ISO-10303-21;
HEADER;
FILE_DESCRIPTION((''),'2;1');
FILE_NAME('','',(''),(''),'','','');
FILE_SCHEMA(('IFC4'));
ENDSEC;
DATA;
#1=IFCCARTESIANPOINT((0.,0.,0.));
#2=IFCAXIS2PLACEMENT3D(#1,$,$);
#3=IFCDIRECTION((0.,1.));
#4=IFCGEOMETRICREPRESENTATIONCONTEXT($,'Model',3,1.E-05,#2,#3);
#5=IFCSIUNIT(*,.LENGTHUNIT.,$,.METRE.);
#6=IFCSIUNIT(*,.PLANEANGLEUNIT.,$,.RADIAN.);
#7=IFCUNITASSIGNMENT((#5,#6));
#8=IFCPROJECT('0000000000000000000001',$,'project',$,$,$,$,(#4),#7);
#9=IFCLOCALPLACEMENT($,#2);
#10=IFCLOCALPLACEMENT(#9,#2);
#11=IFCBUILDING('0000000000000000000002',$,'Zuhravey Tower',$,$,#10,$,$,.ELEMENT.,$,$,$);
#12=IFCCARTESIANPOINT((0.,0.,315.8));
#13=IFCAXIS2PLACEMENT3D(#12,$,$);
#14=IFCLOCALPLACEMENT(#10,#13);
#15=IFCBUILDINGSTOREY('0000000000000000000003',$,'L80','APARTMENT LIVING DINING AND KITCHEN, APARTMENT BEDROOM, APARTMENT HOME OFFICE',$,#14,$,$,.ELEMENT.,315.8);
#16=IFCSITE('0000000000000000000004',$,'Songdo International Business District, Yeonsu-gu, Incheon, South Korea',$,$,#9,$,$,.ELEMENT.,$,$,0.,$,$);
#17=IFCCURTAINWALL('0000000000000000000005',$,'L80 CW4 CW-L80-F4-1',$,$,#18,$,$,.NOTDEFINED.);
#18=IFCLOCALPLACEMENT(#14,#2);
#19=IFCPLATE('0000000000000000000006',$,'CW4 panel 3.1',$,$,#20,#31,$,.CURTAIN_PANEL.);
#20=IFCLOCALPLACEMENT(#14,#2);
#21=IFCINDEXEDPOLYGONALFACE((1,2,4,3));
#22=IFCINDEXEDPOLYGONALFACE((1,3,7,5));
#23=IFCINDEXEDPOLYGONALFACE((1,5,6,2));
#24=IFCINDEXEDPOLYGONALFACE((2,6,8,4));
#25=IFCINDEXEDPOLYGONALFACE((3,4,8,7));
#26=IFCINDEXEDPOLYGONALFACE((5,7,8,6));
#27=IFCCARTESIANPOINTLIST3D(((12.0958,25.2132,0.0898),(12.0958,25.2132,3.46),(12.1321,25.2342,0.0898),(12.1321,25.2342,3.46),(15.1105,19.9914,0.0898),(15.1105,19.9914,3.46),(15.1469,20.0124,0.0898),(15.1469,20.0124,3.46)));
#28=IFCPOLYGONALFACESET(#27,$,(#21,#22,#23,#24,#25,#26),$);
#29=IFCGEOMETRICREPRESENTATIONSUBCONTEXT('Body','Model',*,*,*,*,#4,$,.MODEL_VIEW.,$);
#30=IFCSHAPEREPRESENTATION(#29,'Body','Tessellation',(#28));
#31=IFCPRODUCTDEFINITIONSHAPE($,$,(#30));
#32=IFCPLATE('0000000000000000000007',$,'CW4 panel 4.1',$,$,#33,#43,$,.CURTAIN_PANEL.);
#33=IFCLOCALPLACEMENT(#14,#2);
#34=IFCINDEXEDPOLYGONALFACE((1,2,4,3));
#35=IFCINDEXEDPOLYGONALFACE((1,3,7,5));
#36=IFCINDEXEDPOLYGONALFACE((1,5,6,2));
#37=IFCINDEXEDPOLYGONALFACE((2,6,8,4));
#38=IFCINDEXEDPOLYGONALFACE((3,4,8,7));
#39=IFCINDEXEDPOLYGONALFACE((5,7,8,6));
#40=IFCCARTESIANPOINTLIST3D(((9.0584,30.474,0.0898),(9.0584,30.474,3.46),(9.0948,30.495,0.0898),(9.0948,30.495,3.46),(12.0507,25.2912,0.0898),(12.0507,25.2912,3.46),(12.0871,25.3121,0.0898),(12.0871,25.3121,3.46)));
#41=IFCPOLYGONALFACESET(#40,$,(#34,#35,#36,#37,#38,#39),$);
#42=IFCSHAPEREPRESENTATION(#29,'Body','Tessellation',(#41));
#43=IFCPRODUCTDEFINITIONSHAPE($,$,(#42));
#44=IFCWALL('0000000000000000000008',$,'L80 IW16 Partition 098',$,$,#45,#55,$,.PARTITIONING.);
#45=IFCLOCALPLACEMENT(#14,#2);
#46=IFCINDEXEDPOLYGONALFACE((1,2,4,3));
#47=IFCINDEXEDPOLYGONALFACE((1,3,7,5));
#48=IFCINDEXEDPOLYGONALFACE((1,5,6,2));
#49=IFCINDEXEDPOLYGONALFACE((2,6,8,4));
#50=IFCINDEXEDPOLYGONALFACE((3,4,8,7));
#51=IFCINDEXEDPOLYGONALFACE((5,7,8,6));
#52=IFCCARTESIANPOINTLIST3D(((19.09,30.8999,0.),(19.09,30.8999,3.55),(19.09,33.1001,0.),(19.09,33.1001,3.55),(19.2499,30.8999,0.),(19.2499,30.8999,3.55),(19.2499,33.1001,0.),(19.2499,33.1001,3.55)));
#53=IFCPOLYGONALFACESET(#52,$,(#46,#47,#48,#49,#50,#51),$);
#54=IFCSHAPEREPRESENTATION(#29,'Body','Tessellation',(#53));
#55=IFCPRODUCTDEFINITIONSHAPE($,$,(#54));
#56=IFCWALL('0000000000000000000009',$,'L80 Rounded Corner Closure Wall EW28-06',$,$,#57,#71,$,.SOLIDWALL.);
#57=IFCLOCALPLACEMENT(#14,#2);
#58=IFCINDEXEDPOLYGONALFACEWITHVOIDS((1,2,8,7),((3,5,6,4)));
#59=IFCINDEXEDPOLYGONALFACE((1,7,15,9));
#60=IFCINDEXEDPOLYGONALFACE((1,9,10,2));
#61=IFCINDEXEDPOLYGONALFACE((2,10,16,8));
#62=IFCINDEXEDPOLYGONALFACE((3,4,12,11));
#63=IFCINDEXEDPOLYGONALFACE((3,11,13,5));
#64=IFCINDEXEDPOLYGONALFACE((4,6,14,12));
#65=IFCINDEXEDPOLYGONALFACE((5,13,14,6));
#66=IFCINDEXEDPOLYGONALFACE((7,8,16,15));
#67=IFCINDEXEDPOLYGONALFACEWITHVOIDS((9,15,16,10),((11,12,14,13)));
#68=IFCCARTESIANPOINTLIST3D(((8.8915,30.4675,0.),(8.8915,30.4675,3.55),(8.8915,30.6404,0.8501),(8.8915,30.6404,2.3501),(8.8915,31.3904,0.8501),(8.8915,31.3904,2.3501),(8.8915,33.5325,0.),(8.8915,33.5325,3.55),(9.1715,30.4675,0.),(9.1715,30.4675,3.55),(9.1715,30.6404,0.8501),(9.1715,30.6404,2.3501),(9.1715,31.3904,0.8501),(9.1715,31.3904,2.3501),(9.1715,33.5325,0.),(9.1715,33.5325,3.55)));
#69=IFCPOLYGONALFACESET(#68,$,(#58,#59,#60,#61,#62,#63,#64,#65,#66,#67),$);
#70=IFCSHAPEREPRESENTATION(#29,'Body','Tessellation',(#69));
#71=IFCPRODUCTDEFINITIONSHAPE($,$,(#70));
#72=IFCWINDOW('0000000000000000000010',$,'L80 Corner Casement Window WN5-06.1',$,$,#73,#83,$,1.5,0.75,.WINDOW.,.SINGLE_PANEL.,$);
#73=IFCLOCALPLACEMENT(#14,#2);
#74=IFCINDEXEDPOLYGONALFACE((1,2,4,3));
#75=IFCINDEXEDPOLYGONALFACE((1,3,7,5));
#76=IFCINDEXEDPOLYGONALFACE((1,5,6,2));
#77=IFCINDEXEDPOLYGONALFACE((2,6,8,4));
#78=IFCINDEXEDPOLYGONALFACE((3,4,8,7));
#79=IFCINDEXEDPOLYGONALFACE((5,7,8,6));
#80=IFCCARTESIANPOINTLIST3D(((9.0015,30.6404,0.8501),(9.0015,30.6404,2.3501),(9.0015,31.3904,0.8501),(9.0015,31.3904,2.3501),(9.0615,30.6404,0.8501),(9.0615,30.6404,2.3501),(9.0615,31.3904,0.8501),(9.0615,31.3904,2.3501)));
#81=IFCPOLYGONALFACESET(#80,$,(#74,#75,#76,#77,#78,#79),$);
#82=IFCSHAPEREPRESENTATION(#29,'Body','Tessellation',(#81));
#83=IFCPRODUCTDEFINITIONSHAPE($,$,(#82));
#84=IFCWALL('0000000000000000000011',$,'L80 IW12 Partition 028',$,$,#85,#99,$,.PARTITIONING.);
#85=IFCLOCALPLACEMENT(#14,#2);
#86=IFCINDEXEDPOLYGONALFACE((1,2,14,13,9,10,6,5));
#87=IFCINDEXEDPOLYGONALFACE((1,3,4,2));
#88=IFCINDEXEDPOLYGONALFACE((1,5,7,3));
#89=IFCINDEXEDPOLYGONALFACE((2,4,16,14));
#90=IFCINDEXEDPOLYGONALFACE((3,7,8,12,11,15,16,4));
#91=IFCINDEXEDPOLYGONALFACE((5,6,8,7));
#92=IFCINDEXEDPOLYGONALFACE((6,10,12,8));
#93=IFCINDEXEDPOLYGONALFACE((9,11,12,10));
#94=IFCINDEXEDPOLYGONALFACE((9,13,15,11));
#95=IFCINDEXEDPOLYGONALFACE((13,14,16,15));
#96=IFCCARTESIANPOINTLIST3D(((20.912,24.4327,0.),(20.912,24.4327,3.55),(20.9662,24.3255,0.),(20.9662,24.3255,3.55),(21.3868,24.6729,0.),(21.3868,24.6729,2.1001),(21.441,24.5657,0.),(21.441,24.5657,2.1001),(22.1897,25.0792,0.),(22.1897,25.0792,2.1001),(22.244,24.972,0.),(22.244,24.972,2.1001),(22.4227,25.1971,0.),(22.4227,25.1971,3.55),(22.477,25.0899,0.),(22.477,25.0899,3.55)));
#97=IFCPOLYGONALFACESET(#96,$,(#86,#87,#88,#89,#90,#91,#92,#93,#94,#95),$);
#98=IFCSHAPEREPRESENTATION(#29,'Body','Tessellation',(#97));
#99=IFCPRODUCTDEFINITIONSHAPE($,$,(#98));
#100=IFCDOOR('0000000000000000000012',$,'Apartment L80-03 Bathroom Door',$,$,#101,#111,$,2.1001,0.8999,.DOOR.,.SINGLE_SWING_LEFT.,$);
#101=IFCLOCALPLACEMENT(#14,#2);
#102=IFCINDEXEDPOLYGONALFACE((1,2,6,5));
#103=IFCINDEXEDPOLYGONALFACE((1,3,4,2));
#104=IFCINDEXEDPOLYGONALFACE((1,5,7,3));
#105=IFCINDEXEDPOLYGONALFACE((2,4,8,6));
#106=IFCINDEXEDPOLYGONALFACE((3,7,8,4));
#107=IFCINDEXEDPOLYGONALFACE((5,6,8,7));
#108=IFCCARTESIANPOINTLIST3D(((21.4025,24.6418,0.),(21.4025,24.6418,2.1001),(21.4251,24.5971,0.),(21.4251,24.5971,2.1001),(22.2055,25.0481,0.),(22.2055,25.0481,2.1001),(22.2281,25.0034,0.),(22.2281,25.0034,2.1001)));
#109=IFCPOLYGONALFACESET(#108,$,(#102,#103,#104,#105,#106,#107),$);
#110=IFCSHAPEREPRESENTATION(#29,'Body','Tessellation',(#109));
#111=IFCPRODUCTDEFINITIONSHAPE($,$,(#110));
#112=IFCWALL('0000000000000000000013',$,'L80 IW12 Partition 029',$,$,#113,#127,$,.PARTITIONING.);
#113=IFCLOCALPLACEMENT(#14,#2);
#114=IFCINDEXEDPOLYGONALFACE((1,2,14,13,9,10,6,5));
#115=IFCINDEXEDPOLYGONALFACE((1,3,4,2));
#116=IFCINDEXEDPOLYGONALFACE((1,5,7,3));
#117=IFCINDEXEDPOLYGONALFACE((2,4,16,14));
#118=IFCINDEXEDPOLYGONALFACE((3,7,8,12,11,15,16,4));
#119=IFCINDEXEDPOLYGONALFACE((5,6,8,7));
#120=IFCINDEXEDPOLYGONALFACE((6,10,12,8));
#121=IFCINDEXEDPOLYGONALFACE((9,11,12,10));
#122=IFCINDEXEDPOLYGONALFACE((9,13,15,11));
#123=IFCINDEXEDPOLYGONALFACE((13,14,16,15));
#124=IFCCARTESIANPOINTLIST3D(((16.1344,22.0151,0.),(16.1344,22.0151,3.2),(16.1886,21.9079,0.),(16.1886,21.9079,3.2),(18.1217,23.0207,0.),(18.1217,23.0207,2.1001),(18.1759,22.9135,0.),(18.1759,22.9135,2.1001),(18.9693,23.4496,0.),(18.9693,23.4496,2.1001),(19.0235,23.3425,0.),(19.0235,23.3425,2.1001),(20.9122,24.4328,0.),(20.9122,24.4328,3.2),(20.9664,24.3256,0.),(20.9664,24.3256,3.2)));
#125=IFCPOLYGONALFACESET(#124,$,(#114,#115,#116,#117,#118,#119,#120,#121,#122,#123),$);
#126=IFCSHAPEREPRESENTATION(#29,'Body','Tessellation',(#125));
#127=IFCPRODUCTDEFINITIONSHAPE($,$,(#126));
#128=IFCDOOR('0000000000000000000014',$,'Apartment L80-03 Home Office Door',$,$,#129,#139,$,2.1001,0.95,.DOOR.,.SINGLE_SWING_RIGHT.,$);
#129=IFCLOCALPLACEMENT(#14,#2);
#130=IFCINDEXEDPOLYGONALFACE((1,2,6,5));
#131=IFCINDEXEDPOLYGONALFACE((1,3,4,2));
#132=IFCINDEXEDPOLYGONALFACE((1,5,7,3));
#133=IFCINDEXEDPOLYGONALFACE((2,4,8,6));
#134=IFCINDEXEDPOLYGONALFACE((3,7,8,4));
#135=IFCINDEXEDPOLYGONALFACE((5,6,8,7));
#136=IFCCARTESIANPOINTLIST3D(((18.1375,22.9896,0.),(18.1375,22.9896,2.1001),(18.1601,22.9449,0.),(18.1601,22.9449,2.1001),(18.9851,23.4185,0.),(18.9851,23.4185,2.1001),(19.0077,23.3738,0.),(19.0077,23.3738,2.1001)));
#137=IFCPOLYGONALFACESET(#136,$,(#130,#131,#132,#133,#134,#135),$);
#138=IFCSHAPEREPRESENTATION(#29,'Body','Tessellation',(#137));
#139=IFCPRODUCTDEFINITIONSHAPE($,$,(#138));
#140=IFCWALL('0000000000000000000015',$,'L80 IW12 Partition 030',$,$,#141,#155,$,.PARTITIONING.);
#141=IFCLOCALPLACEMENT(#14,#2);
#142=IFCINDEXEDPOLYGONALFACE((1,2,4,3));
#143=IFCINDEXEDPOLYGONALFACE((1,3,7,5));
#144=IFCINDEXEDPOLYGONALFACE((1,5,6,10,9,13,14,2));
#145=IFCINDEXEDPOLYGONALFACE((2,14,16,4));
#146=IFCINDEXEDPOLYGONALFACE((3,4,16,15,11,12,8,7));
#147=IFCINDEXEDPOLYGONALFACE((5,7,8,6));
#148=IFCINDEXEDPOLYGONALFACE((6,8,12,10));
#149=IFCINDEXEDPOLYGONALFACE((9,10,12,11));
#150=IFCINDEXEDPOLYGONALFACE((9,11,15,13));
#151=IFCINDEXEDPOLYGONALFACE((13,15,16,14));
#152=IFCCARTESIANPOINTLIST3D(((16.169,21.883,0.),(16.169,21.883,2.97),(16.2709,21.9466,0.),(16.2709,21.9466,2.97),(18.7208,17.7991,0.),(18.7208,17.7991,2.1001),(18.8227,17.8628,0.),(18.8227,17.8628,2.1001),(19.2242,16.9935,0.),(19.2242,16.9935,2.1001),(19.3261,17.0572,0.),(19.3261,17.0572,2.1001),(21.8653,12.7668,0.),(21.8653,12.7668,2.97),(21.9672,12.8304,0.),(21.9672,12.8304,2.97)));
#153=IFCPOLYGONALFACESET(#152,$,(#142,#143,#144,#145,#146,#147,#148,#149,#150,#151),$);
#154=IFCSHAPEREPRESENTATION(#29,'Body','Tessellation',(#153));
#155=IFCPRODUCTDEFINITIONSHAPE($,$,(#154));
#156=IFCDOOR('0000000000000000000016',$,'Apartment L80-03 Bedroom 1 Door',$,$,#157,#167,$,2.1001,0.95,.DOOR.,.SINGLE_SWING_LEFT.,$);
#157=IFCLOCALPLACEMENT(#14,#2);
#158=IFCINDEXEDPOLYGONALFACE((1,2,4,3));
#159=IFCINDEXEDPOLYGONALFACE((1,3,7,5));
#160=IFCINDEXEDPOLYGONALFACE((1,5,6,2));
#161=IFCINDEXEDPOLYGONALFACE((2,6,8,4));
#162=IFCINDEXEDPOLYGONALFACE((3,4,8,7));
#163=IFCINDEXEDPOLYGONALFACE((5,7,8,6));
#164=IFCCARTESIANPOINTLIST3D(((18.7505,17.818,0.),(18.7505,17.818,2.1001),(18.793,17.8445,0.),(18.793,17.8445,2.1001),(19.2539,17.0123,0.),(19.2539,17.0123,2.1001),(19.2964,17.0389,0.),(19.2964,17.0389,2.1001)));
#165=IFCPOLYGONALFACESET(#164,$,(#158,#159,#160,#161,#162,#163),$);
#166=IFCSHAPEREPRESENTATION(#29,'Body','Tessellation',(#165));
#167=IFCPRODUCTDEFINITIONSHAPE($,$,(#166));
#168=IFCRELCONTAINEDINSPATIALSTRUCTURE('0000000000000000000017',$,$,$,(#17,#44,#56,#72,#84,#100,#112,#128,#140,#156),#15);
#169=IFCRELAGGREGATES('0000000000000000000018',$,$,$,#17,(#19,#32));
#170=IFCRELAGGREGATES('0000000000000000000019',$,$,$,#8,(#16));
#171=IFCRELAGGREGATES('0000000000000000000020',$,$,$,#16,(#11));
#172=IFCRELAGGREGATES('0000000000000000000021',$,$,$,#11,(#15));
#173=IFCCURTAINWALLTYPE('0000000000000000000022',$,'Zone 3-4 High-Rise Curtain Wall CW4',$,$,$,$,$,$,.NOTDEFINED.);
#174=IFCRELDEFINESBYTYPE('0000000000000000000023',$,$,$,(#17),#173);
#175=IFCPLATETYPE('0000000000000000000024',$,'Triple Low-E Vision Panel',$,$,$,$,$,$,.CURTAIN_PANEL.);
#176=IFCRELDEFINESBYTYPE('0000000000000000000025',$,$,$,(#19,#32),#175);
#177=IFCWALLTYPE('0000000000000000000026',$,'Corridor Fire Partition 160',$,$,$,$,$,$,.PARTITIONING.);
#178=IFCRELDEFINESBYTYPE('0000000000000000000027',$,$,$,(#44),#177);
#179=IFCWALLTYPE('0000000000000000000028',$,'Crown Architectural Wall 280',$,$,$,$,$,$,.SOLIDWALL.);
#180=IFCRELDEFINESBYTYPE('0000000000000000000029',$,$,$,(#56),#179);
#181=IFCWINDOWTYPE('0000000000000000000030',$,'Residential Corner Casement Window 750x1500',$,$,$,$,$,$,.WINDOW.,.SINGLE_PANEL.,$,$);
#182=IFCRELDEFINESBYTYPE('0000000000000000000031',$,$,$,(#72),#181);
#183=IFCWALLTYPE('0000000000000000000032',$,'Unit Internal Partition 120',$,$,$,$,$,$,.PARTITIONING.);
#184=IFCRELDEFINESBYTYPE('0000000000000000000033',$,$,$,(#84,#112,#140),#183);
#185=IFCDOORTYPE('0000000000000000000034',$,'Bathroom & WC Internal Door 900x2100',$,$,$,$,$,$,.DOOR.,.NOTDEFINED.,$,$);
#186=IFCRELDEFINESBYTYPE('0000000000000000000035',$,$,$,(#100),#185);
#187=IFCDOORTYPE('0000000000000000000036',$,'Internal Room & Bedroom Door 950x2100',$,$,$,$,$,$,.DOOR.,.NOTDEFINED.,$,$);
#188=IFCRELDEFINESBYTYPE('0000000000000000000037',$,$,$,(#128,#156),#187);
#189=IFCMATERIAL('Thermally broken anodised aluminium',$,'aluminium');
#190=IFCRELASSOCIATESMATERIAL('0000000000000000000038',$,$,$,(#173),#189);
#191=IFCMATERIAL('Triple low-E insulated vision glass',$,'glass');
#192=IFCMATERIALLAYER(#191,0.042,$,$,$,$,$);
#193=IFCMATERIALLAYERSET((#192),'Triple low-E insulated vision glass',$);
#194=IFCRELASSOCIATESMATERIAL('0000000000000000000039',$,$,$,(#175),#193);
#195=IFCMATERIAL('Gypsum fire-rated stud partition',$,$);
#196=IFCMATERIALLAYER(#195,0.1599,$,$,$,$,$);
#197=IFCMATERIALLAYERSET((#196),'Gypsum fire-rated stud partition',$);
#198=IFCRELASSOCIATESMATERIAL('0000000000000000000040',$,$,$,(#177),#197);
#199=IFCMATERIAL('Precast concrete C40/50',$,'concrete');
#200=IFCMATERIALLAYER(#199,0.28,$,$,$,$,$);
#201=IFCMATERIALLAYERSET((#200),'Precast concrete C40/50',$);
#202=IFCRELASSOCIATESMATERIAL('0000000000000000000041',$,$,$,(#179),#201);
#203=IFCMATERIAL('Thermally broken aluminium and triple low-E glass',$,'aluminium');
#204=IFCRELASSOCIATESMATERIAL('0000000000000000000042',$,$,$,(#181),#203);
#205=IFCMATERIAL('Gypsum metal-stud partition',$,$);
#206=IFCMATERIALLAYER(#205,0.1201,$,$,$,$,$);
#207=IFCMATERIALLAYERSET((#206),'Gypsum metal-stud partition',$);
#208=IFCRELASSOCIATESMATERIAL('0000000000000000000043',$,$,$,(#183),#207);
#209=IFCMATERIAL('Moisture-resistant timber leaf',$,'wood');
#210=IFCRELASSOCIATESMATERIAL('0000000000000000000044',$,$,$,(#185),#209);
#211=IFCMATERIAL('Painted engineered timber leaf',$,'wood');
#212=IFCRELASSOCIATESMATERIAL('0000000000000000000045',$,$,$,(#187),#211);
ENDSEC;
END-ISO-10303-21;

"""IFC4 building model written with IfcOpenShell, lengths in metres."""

from ifc_helpers import new_model, si_unit, direction, frame, frame_2d, origin, origin_2d, place, context, subcontext, project, spatial, rectangle, extrude, material, layer, layer_set, type_object, element, fill, aggregate, save


model = new_model("IFC4")

# Units and contexts
model_context = context("Model", 3, precision=1e-05, world=origin(), true_north=direction((0.0, 1.0)))
body_context = subcontext(model_context, "Body", "Model", "MODEL_VIEW")
ifc_project = project(units=[si_unit("LENGTHUNIT", "METRE"), si_unit("PLANEANGLEUNIT", "RADIAN")], contexts=[model_context])

# Site, building, storey
site_placement = place(None, origin())
site = spatial("IfcSite", under=ifc_project, at=site_placement, Name="Songdo International Business District, Yeonsu-gu, Incheon, South Korea", CompositionType="ELEMENT", RefElevation=0.0)
building_placement = place(site_placement, origin())
building = spatial("IfcBuilding", under=site, at=building_placement, Name="Zuhravey Tower", CompositionType="ELEMENT")
storey_placement = place(building_placement, frame((0.0, 0.0, 315.8)))
storey = spatial("IfcBuildingStorey", under=building, at=storey_placement, Name="L80", Description="APARTMENT LIVING DINING AND KITCHEN, APARTMENT BEDROOM, APARTMENT HOME OFFICE", CompositionType="ELEMENT", Elevation=315.8)

# Curtain wall
ifc_material_1 = material(Name="Thermally broken anodised aluminium", Category="aluminium")
curtain_wall_type = type_object("IfcCurtainWallType", Name="Zone 3-4 High-Rise Curtain Wall CW4", PredefinedType="NOTDEFINED", material=ifc_material_1)
curtain_wall_placement = place(storey_placement, origin())
curtain_wall = element("IfcCurtainWall", 1, at=curtain_wall_placement, inside=storey, type_object=curtain_wall_type, Name="L80 CW4 CW-L80-F4-1", PredefinedType="NOTDEFINED")

# Plates
ifc_material_2 = material(Name="Triple low-E insulated vision glass", Category="glass")
ifc_layer_1 = layer(ifc_material_2, 0.042)
ifc_layer_set_1 = layer_set([ifc_layer_1], Name="Triple low-E insulated vision glass")
plate_type_1 = type_object("IfcPlateType", Name="Triple Low-E Vision Panel", PredefinedType="CURTAIN_PANEL", material=ifc_layer_set_1)
plate_1_placement = place(storey_placement, frame((13.6213, 22.6128, 0.0898), z_axis=(0.0, 0.0, 1.0), x_axis=(-0.5, 0.866026, 0.0)))
plate_1 = element("IfcPlate", 2, at=plate_1_placement, type_object=plate_type_1, Name="CW4 panel 3.1", PredefinedType="CURTAIN_PANEL", context=body_context, shape_type="SweptSolid", body=[
    extrude(rectangle(XDim=6.0295, YDim=0.042, at=origin_2d()), origin(), (0.0, 0.0, 1.0), 3.3701),
])
plate_2_placement = place(storey_placement, frame((10.5728, 27.8931, 0.0898), z_axis=(0.0, 0.0, 1.0), x_axis=(-0.5, 0.866026, 0.0)))
plate_2 = element("IfcPlate", 3, at=plate_2_placement, type_object=plate_type_1, Name="CW4 panel 4.1", PredefinedType="CURTAIN_PANEL", context=body_context, shape_type="SweptSolid", body=[
    extrude(rectangle(XDim=5.9846, YDim=0.042, at=origin_2d()), origin(), (0.0, 0.0, 1.0), 3.3701),
])
aggregate(curtain_wall, [plate_1, plate_2])

# Wall
ifc_material_3 = material(Name="Gypsum fire-rated stud partition")
ifc_layer_2 = layer(ifc_material_3, 0.1599)
ifc_layer_set_2 = layer_set([ifc_layer_2], Name="Gypsum fire-rated stud partition")
wall_type_1 = type_object("IfcWallType", Name="Corridor Fire Partition 160", PredefinedType="PARTITIONING", material=ifc_layer_set_2)
wall_1_placement = place(storey_placement, frame((19.1699, 33.1001, 0.0), z_axis=(0.0, 0.0, 1.0), x_axis=(0.0, -1.0, 0.0)))
element("IfcWall", 4, at=wall_1_placement, inside=storey, type_object=wall_type_1, Name="L80 IW16 Partition 098", PredefinedType="PARTITIONING", context=body_context, shape_type="SweptSolid", body=[
    extrude(rectangle(XDim=2.2002, YDim=0.1599, at=frame_2d((1.1001, 0.0))), origin(), (0.0, 0.0, 1.0), 3.55),
])

# Wall, opening, window
ifc_material_4 = material(Name="Precast concrete C40/50", Category="concrete")
ifc_layer_3 = layer(ifc_material_4, 0.28)
ifc_layer_set_3 = layer_set([ifc_layer_3], Name="Precast concrete C40/50")
wall_type_2 = type_object("IfcWallType", Name="Crown Architectural Wall 280", PredefinedType="SOLIDWALL", material=ifc_layer_set_3)
wall_2_placement = place(storey_placement, frame((9.0315, 30.4675, 0.0), z_axis=(0.0, 0.0, 1.0), x_axis=(0.0, 1.0, 0.0)))
wall_2 = element("IfcWall", 5, at=wall_2_placement, inside=storey, type_object=wall_type_2, Name="L80 Rounded Corner Closure Wall EW28-06", PredefinedType="SOLIDWALL", context=body_context, shape_type="SweptSolid", body=[
    extrude(rectangle(XDim=3.0649, YDim=0.28, at=frame_2d((1.5325, 0.0))), origin(), (0.0, 0.0, 1.0), 3.55),
])
opening_1_placement = place(wall_2_placement, frame((0.1729, 0.0, 0.8501)))
opening_1 = element("IfcOpeningElement", 6, at=opening_1_placement, cuts=wall_2, PredefinedType="OPENING", context=body_context, shape_type="SweptSolid", body=[
    extrude(rectangle(XDim=0.75, YDim=1.5, at=frame_2d((0.375, 0.75))), frame((0.0, 0.1521, 0.0), z_axis=(0.0, -1.0, 0.0), x_axis=(1.0, 0.0, 0.0)), (0.0, 0.0, 1.0), 0.304),
])
ifc_material_5 = material(Name="Thermally broken aluminium and triple low-E glass", Category="aluminium")
window_type = type_object("IfcWindowType", Name="Residential Corner Casement Window 750x1500", PartitioningType="SINGLE_PANEL", PredefinedType="WINDOW", material=ifc_material_5)
window_placement = place(opening_1_placement, origin())
window = element("IfcWindow", 7, at=window_placement, inside=storey, type_object=window_type, Name="L80 Corner Casement Window WN5-06.1", OverallHeight=1.5, OverallWidth=0.75, PartitioningType="SINGLE_PANEL", PredefinedType="WINDOW", context=body_context, shape_type="SweptSolid", body=[
    extrude(rectangle(XDim=0.75, YDim=1.5, at=frame_2d((0.375, 0.75))), frame((0.0, 0.03, 0.0), z_axis=(0.0, -1.0, 0.0), x_axis=(1.0, 0.0, 0.0)), (0.0, 0.0, 1.0), 0.0601),
])
fill(opening_1, window)

# Walls, openings, doors
ifc_material_6 = material(Name="Gypsum metal-stud partition")
ifc_layer_4 = layer(ifc_material_6, 0.1201)
ifc_layer_set_4 = layer_set([ifc_layer_4], Name="Gypsum metal-stud partition")
wall_type_3 = type_object("IfcWallType", Name="Unit Internal Partition 120", PredefinedType="PARTITIONING", material=ifc_layer_set_4)
wall_3_placement = place(storey_placement, frame((22.45, 25.1436, 0.0), z_axis=(0.0, 0.0, 1.0), x_axis=(-0.892283, -0.451477, 0.0)))
wall_3 = element("IfcWall", 8, at=wall_3_placement, inside=storey, type_object=wall_type_3, Name="L80 IW12 Partition 028", PredefinedType="PARTITIONING", context=body_context, shape_type="SweptSolid", body=[
    extrude(rectangle(XDim=1.6931, YDim=0.1201, at=frame_2d((0.8467, 0.0))), origin(), (0.0, 0.0, 1.0), 3.55),
])
opening_2_placement = place(wall_3_placement, frame((0.2612, 0.0, 0.0)))
opening_2 = element("IfcOpeningElement", 9, at=opening_2_placement, cuts=wall_3, PredefinedType="OPENING", context=body_context, shape_type="SweptSolid", body=[
    extrude(rectangle(XDim=0.8999, YDim=2.1001, at=frame_2d((0.45, 1.05))), frame((0.0, 0.072, 0.0), z_axis=(0.0, -1.0, 0.0), x_axis=(1.0, 0.0, 0.0)), (0.0, 0.0, 1.0), 0.144),
])
ifc_material_7 = material(Name="Moisture-resistant timber leaf", Category="wood")
door_type_1 = type_object("IfcDoorType", Name="Bathroom & WC Internal Door 900x2100", OperationType="NOTDEFINED", PredefinedType="DOOR", material=ifc_material_7)
door_1_placement = place(opening_2_placement, origin())
door_1 = element("IfcDoor", 10, at=door_1_placement, inside=storey, type_object=door_type_1, Name="Apartment L80-03 Bathroom Door", OperationType="SINGLE_SWING_LEFT", OverallHeight=2.1001, OverallWidth=0.8999, PredefinedType="DOOR", context=body_context, shape_type="SweptSolid", body=[
    extrude(rectangle(XDim=0.8999, YDim=2.1001, at=frame_2d((0.45, 1.05))), frame((0.0, 0.0249, 0.0), z_axis=(0.0, -1.0, 0.0), x_axis=(1.0, 0.0, 0.0)), (0.0, 0.0, 1.0), 0.05),
])
fill(opening_2, door_1)
wall_4_placement = place(storey_placement, frame((20.9392, 24.3792, 0.0), z_axis=(0.0, 0.0, 1.0), x_axis=(-0.892265, -0.451512, 0.0)))
wall_4 = element("IfcWall", 11, at=wall_4_placement, inside=storey, type_object=wall_type_3, Name="L80 IW12 Partition 029", PredefinedType="PARTITIONING", context=body_context, shape_type="SweptSolid", body=[
    extrude(rectangle(XDim=5.3547, YDim=0.1201, at=frame_2d((2.6772, 0.0))), origin(), (0.0, 0.0, 1.0), 3.2),
])
opening_3_placement = place(wall_4_placement, frame((2.1772, 0.0, 0.0)))
opening_3 = element("IfcOpeningElement", 12, at=opening_3_placement, cuts=wall_4, PredefinedType="OPENING", context=body_context, shape_type="SweptSolid", body=[
    extrude(rectangle(XDim=0.95, YDim=2.1001, at=frame_2d((0.4751, 1.05))), frame((0.0, 0.072, 0.0), z_axis=(0.0, -1.0, 0.0), x_axis=(1.0, 0.0, 0.0)), (0.0, 0.0, 1.0), 0.144),
])
ifc_material_8 = material(Name="Painted engineered timber leaf", Category="wood")
door_type_2 = type_object("IfcDoorType", Name="Internal Room & Bedroom Door 950x2100", OperationType="NOTDEFINED", PredefinedType="DOOR", material=ifc_material_8)
door_2_placement = place(opening_3_placement, origin())
door_2 = element("IfcDoor", 13, at=door_2_placement, inside=storey, type_object=door_type_2, Name="Apartment L80-03 Home Office Door", OperationType="SINGLE_SWING_RIGHT", OverallHeight=2.1001, OverallWidth=0.95, PredefinedType="DOOR", context=body_context, shape_type="SweptSolid", body=[
    extrude(rectangle(XDim=0.95, YDim=2.1001, at=frame_2d((0.4751, 1.05))), frame((0.0, 0.0249, 0.0), z_axis=(0.0, -1.0, 0.0), x_axis=(1.0, 0.0, 0.0)), (0.0, 0.0, 1.0), 0.05),
])
fill(opening_3, door_2)
wall_5_placement = place(storey_placement, frame((16.22, 21.9148, 0.0), z_axis=(0.0, 0.0, 1.0), x_axis=(0.529909, -0.848054, 0.0)))
wall_5 = element("IfcWall", 14, at=wall_5_placement, inside=storey, type_object=wall_type_3, Name="L80 IW12 Partition 030", PredefinedType="PARTITIONING", context=body_context, shape_type="SweptSolid", body=[
    extrude(rectangle(XDim=10.7495, YDim=0.1201, at=frame_2d((5.3748, 0.0))), origin(), (0.0, 0.0, 1.0), 2.97),
])
opening_4_placement = place(wall_5_placement, frame((4.8154, 0.0, 0.0)))
opening_4 = element("IfcOpeningElement", 15, at=opening_4_placement, cuts=wall_5, PredefinedType="OPENING", context=body_context, shape_type="SweptSolid", body=[
    extrude(rectangle(XDim=0.95, YDim=2.1001, at=frame_2d((0.4751, 1.05))), frame((0.0, 0.072, 0.0), z_axis=(0.0, -1.0, 0.0), x_axis=(1.0, 0.0, 0.0)), (0.0, 0.0, 1.0), 0.144),
])
door_3_placement = place(opening_4_placement, frame((0.95, 0.0, 0.0), z_axis=(0.0, 0.0, 1.0), x_axis=(-1.0, 0.0, 0.0)))
door_3 = element("IfcDoor", 16, at=door_3_placement, inside=storey, type_object=door_type_2, Name="Apartment L80-03 Bedroom 1 Door", OperationType="SINGLE_SWING_LEFT", OverallHeight=2.1001, OverallWidth=0.95, PredefinedType="DOOR", context=body_context, shape_type="SweptSolid", body=[
    extrude(rectangle(XDim=0.95, YDim=2.1001, at=frame_2d((0.4751, 1.05))), frame((0.0, 0.0249, 0.0), z_axis=(0.0, -1.0, 0.0), x_axis=(1.0, 0.0, 0.0)), (0.0, 0.0, 1.0), 0.05),
])
fill(opening_4, door_3)

save(model, "model.ifc")
